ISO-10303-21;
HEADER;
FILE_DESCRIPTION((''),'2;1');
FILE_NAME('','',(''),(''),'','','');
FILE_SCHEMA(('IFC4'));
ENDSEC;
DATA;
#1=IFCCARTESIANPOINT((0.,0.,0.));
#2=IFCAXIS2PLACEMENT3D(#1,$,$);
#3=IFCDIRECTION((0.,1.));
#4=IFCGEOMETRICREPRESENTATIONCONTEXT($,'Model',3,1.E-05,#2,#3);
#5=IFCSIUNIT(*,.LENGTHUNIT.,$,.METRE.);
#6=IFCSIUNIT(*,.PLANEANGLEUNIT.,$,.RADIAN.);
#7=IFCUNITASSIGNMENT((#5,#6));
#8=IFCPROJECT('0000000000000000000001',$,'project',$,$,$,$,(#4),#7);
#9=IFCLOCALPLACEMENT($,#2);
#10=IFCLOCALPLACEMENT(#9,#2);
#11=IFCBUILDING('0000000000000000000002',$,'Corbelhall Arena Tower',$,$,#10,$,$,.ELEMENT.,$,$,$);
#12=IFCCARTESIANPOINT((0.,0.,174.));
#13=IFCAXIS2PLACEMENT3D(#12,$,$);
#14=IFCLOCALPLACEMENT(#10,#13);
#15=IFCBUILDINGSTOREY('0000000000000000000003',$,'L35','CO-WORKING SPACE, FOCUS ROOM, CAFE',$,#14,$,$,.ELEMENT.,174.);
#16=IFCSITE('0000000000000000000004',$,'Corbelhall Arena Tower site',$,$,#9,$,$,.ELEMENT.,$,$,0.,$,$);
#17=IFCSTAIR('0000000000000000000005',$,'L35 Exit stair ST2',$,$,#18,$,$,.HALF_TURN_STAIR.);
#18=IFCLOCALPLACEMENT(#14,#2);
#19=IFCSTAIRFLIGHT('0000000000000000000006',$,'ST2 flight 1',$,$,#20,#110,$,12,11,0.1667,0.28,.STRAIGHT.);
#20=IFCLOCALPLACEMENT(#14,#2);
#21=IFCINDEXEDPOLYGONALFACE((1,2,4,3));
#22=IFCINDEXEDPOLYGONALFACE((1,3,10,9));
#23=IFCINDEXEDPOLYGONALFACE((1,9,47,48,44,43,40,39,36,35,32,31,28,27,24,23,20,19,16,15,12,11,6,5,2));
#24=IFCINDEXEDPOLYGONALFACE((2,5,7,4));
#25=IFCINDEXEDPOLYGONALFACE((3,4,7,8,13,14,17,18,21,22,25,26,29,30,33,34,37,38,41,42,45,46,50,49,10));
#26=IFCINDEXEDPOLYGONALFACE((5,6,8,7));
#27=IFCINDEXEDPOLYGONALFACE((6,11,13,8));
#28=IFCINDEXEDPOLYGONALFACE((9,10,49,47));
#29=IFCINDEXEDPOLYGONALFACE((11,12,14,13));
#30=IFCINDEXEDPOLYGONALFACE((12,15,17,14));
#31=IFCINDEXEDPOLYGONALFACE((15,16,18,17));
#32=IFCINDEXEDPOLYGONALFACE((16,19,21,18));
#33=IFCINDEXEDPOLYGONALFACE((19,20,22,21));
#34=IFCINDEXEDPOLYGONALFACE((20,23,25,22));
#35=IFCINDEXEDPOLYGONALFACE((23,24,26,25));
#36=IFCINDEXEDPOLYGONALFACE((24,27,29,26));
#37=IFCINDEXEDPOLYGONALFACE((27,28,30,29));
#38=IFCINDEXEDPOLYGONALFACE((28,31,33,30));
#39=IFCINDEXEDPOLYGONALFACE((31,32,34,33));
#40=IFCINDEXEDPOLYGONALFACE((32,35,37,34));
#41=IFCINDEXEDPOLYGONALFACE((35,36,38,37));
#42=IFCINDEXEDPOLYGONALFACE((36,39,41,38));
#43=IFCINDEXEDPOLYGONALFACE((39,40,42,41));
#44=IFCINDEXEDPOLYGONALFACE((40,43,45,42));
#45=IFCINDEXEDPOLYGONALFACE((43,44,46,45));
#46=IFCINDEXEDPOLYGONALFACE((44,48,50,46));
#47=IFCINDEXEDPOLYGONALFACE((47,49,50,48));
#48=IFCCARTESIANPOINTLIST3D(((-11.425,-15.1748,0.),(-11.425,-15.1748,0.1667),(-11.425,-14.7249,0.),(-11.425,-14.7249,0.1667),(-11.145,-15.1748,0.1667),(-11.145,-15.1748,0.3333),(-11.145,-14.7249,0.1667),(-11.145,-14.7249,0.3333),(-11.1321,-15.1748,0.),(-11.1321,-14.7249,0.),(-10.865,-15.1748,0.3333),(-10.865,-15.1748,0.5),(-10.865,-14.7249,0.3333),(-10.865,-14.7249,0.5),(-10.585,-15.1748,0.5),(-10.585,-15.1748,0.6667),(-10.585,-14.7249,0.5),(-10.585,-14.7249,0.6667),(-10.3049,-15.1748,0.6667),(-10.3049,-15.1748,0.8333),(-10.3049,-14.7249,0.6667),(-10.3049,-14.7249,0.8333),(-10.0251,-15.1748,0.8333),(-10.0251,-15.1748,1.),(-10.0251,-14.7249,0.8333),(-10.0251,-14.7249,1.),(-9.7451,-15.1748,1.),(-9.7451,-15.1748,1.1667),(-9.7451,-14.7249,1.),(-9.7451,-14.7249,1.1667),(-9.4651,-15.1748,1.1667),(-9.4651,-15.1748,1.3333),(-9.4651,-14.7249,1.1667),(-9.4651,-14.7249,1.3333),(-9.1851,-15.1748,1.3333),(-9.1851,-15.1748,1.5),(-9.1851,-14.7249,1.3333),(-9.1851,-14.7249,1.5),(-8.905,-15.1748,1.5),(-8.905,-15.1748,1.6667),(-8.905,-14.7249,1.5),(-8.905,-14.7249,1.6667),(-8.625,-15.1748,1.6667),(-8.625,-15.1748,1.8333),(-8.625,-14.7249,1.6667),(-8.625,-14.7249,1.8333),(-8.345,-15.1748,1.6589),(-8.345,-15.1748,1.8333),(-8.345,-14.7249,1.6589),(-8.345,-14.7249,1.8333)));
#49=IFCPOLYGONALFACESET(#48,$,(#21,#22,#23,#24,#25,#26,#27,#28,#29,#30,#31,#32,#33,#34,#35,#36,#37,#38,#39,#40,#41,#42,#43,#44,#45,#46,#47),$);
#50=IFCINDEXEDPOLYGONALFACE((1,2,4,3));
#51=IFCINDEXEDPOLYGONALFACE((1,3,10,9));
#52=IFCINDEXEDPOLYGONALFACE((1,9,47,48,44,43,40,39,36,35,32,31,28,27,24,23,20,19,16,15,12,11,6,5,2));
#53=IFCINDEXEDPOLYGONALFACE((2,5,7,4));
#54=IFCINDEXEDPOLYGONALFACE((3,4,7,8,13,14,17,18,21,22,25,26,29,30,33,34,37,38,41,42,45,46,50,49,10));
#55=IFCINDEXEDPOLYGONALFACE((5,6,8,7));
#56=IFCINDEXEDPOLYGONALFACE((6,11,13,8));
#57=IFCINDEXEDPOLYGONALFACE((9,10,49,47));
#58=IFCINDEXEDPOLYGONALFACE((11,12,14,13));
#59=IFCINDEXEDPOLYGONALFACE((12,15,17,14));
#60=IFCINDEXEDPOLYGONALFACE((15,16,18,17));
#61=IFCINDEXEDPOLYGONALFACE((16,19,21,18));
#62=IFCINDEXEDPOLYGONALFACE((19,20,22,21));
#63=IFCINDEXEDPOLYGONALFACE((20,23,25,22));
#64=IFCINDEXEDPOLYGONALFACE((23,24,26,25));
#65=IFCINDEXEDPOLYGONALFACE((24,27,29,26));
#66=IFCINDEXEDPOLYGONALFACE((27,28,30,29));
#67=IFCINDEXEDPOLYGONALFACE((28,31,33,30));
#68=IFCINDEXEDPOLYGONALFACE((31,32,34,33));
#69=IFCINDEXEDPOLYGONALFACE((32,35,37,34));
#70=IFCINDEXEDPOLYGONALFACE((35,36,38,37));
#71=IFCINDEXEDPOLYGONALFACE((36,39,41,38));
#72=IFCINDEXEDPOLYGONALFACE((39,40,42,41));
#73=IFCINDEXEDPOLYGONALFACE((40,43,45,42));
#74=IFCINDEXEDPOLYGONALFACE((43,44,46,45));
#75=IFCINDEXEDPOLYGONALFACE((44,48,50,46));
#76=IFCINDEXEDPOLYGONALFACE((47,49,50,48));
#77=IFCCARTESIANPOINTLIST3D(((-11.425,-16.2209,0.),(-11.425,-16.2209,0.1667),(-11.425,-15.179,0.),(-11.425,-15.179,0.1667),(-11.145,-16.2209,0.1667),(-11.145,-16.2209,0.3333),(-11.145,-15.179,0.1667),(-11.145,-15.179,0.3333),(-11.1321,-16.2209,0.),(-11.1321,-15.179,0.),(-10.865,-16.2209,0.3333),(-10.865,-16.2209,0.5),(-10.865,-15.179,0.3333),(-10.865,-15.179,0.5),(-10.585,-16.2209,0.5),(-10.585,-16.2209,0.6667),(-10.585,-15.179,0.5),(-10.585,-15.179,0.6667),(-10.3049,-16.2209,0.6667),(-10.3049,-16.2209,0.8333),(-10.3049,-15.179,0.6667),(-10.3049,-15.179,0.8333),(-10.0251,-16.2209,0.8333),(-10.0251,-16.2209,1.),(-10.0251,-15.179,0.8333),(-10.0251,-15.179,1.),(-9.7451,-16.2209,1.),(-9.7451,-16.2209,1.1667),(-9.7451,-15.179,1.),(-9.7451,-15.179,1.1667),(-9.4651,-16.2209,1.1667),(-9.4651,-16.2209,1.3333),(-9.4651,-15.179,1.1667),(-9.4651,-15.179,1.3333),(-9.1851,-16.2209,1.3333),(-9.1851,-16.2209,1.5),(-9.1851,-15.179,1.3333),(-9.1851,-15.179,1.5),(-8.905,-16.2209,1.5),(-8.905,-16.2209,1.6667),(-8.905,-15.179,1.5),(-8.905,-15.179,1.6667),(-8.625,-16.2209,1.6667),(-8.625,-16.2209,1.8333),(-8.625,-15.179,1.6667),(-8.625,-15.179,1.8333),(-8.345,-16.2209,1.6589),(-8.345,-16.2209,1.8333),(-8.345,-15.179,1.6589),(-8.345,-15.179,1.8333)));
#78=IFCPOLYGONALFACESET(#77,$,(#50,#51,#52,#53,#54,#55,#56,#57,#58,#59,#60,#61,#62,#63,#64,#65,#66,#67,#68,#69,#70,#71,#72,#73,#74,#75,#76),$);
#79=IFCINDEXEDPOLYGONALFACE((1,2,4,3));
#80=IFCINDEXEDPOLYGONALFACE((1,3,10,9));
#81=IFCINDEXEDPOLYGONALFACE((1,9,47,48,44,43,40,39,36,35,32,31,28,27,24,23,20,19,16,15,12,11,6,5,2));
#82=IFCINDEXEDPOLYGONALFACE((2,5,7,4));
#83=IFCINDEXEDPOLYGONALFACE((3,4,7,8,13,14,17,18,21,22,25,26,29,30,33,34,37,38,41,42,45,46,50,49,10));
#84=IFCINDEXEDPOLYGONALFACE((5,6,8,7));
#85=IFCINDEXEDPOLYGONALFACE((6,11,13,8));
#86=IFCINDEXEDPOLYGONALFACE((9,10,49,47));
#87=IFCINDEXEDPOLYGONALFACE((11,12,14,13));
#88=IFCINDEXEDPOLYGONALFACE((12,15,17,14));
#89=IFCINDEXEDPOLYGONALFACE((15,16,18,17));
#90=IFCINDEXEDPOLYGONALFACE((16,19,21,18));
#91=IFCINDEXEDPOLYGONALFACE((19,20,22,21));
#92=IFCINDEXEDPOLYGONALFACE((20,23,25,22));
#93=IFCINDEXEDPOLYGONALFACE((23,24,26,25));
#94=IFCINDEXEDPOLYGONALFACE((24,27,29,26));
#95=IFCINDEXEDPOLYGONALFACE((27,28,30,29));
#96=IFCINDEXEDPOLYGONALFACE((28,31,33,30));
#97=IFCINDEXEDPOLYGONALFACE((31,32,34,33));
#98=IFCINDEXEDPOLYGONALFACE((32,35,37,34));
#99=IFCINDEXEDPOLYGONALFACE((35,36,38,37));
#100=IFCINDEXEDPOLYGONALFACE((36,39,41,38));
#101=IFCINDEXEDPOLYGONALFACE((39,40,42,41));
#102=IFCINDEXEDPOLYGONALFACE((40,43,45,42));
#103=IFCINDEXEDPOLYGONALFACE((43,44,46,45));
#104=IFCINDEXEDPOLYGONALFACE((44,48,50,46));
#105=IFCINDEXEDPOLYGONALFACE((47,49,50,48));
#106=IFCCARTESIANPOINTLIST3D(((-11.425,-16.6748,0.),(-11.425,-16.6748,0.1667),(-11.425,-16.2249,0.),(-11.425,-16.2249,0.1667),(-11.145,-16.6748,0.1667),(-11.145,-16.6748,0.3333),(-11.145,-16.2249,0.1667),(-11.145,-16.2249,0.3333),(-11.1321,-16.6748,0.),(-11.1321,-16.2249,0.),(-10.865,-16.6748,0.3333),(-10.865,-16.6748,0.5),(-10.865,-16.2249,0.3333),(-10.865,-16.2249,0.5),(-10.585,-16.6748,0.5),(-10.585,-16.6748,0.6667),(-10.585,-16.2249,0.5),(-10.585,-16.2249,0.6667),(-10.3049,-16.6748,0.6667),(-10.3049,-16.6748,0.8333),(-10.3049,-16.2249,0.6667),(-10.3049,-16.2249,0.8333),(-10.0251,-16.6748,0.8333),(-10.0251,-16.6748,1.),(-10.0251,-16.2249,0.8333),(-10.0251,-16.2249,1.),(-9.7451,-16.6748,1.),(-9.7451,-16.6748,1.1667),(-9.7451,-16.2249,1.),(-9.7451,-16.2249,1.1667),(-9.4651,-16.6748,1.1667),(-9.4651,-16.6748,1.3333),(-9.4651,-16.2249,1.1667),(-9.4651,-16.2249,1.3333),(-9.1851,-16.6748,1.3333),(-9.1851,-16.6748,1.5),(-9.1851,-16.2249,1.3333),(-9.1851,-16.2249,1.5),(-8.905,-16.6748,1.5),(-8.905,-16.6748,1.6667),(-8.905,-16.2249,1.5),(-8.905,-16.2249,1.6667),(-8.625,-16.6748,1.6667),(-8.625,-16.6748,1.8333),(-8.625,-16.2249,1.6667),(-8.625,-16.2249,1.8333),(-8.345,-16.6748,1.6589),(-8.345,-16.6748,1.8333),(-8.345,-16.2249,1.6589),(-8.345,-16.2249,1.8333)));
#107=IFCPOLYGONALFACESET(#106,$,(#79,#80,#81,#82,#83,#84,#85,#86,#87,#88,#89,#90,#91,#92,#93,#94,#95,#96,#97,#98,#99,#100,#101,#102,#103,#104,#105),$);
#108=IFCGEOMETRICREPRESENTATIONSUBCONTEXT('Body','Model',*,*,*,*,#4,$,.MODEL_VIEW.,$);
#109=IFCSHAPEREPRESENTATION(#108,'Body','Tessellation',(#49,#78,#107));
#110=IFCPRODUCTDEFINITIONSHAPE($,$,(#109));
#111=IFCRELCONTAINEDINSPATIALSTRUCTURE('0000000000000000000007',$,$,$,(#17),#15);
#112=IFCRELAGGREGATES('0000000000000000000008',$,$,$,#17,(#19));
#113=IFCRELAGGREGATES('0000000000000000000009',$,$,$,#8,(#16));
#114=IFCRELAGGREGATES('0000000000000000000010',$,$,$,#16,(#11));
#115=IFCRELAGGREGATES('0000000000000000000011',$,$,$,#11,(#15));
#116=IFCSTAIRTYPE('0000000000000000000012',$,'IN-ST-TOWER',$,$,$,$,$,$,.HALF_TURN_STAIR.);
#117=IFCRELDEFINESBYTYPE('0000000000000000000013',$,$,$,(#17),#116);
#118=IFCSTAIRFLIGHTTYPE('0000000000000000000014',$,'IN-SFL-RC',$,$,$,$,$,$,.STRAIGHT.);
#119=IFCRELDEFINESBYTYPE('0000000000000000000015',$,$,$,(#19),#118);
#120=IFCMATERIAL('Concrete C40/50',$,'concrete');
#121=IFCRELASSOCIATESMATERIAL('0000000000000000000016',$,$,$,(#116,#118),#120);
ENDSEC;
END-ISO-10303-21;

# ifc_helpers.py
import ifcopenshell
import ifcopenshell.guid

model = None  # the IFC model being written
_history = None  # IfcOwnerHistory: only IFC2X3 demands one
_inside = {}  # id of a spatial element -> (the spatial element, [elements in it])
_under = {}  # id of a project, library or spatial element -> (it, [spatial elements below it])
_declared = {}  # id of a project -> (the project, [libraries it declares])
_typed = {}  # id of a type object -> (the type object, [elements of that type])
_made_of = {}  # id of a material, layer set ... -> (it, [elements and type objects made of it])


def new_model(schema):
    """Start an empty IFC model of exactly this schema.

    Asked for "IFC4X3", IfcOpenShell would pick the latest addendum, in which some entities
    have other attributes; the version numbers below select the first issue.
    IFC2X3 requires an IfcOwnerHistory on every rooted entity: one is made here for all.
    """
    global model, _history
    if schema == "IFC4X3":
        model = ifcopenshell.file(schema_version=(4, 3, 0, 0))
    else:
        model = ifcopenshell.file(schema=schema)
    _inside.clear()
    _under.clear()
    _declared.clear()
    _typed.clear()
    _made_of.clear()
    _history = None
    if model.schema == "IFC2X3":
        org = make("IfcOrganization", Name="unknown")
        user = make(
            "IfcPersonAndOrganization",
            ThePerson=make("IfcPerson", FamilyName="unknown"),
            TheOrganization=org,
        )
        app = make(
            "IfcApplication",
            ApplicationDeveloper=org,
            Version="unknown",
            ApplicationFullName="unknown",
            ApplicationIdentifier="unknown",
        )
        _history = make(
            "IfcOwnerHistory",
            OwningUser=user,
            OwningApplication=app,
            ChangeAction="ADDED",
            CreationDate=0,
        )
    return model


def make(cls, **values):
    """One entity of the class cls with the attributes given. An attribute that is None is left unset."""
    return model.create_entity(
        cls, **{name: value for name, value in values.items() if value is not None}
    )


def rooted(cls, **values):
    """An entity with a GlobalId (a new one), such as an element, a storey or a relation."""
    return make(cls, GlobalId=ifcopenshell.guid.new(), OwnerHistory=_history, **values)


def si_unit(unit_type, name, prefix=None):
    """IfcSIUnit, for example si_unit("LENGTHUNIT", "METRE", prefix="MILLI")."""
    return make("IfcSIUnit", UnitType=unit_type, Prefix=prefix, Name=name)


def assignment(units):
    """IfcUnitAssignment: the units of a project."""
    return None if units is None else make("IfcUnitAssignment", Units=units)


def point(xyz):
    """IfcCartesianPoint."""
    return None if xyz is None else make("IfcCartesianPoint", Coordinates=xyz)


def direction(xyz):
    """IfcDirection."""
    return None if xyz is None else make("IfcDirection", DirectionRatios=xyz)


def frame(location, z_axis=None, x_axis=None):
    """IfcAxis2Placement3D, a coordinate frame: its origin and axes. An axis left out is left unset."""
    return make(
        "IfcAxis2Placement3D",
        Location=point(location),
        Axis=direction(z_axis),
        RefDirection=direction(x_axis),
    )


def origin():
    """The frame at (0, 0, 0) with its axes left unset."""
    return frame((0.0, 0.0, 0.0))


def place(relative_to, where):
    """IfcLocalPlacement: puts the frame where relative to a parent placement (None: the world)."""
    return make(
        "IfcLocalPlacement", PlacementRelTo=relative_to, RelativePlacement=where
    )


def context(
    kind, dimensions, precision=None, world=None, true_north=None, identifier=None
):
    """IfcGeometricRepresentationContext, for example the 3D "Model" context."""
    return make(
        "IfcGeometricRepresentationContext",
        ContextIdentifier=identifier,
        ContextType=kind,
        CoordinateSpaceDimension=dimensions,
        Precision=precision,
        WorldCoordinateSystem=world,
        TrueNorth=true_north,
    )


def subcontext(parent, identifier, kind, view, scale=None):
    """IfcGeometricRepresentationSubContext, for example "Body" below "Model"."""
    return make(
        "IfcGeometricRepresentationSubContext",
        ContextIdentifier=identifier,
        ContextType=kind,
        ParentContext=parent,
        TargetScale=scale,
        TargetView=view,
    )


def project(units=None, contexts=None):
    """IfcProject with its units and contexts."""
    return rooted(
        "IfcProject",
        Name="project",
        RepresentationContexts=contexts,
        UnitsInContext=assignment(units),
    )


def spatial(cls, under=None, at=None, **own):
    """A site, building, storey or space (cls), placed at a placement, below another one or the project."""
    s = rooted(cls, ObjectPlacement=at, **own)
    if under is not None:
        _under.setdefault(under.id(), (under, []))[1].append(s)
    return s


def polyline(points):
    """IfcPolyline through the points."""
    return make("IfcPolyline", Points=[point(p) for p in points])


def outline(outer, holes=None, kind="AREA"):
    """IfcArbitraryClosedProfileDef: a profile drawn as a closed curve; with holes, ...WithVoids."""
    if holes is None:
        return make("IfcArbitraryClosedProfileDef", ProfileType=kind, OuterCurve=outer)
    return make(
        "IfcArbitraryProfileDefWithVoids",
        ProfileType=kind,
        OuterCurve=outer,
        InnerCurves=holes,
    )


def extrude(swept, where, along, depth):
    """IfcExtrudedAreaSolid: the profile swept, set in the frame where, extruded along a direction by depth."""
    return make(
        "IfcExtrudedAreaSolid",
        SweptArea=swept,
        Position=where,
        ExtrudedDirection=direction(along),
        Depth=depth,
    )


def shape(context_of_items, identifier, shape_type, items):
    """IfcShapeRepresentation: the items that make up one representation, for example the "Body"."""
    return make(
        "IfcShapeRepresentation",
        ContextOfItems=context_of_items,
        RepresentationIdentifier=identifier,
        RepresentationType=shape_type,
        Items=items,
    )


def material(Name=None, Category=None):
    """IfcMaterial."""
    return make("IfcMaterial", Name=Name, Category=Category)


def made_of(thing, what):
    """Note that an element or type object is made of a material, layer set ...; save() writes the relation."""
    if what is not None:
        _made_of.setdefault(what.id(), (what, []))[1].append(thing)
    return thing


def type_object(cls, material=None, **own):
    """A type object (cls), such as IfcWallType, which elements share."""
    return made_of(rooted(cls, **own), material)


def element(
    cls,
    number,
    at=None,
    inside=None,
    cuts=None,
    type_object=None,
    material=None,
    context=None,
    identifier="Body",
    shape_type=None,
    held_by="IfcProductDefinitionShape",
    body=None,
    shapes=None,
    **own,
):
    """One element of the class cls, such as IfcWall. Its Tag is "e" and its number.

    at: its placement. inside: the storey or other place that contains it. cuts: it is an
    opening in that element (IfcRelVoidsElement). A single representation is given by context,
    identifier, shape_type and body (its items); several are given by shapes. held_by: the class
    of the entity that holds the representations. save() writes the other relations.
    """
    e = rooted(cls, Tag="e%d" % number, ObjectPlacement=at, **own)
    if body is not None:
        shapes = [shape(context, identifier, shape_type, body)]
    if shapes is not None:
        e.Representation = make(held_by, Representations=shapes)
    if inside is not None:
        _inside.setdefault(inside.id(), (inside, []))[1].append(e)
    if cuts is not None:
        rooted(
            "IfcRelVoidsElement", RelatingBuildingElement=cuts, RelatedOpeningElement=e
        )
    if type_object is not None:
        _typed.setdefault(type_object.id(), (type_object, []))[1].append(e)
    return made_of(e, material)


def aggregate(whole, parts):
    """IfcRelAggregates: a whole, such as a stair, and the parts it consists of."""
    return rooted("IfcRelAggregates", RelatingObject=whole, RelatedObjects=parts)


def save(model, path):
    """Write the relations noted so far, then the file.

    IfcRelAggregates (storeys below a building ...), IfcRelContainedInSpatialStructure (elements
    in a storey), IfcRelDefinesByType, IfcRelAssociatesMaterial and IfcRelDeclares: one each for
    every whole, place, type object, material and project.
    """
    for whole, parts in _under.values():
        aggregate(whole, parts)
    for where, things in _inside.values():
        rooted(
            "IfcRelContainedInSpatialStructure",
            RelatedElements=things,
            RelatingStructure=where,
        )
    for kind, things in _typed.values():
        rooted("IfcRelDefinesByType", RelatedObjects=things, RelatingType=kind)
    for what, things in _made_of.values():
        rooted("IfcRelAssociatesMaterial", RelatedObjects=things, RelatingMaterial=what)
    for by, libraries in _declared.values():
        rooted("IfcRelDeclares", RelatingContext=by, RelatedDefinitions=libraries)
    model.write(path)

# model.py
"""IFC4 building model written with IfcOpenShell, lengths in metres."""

from ifc_helpers import new_model, si_unit, direction, frame, origin, place, context, subcontext, project, spatial, polyline, outline, extrude, material, type_object, element, aggregate, save


model = new_model("IFC4")

# Units and contexts
model_context = context("Model", 3, precision=1e-05, world=origin(), true_north=direction((0.0, 1.0)))
body_context = subcontext(model_context, "Body", "Model", "MODEL_VIEW")
ifc_project = project(units=[si_unit("LENGTHUNIT", "METRE"), si_unit("PLANEANGLEUNIT", "RADIAN")], contexts=[model_context])

# Site, building, storey
site_placement = place(None, origin())
site = spatial("IfcSite", under=ifc_project, at=site_placement, Name="Corbelhall Arena Tower site", CompositionType="ELEMENT", RefElevation=0.0)
building_placement = place(site_placement, origin())
building = spatial("IfcBuilding", under=site, at=building_placement, Name="Corbelhall Arena Tower", CompositionType="ELEMENT")
storey_placement = place(building_placement, frame((0.0, 0.0, 174.0)))
storey = spatial("IfcBuildingStorey", under=building, at=storey_placement, Name="L35", Description="CO-WORKING SPACE, FOCUS ROOM, CAFE", CompositionType="ELEMENT", Elevation=174.0)

# Stair, stair flight
ifc_material_1 = material(Name="Concrete C40/50", Category="concrete")
stair_type = type_object("IfcStairType", Name="IN-ST-TOWER", PredefinedType="HALF_TURN_STAIR", material=ifc_material_1)
stair_placement = place(storey_placement, origin())
stair = element("IfcStair", 1, at=stair_placement, inside=storey, type_object=stair_type, Name="L35 Exit stair ST2", PredefinedType="HALF_TURN_STAIR")
stair_flight_type = type_object("IfcStairFlightType", Name="IN-SFL-RC", PredefinedType="STRAIGHT", material=ifc_material_1)
stair_flight_placement = place(storey_placement, frame((-11.425, -15.7, 0.0), z_axis=(0.0, 0.0, 1.0), x_axis=(1.0, 0.0, 0.0)))
stair_flight = element("IfcStairFlight", 2, at=stair_flight_placement, type_object=stair_flight_type, Name="ST2 flight 1", NumberOfRisers=12, NumberOfTreads=11, PredefinedType="STRAIGHT", RiserHeight=0.1667, TreadLength=0.28, context=body_context, shape_type="SweptSolid", body=[
    extrude(outline(polyline([(0.0, 0.0), (0.0, 0.1667), (0.28, 0.1667), (0.28, 0.3333), (0.5601, 0.3333), (0.5601, 0.5), (0.8401, 0.5), (0.8401, 0.6667), (1.1201, 0.6667), (1.1201, 0.8333), (1.3999, 0.8333), (1.3999, 1.0), (1.6799, 1.0), (1.6799, 1.1667), (1.96, 1.1667), (1.96, 1.3333), (2.24, 1.3333), (2.24, 1.5), (2.52, 1.5), (2.52, 1.6667), (2.8, 1.6667), (2.8, 1.8333), (3.0801, 1.8333), (3.0801, 2.0), (3.0801, 1.6589), (0.293, 0.0), (0.0, 0.0)])), frame((0.0, 0.9751, 0.0), z_axis=(0.0, -1.0, 0.0), x_axis=(1.0, 0.0, 0.0)), (0.0, 0.0, 1.0), 0.45),
    extrude(outline(polyline([(0.0, 0.0), (0.0, 0.1667), (0.28, 0.1667), (0.28, 0.3333), (0.5601, 0.3333), (0.5601, 0.5), (0.8401, 0.5), (0.8401, 0.6667), (1.1201, 0.6667), (1.1201, 0.8333), (1.3999, 0.8333), (1.3999, 1.0), (1.6799, 1.0), (1.6799, 1.1667), (1.96, 1.1667), (1.96, 1.3333), (2.24, 1.3333), (2.24, 1.5), (2.52, 1.5), (2.52, 1.6667), (2.8, 1.6667), (2.8, 1.8333), (3.0801, 1.8333), (3.0801, 2.0), (3.0801, 1.6589), (0.293, 0.0), (0.0, 0.0)])), frame((0.0, 0.521, 0.0), z_axis=(0.0, -1.0, 0.0), x_axis=(1.0, 0.0, 0.0)), (0.0, 0.0, 1.0), 1.042),
    extrude(outline(polyline([(0.0, 0.0), (0.0, 0.1667), (0.28, 0.1667), (0.28, 0.3333), (0.5601, 0.3333), (0.5601, 0.5), (0.8401, 0.5), (0.8401, 0.6667), (1.1201, 0.6667), (1.1201, 0.8333), (1.3999, 0.8333), (1.3999, 1.0), (1.6799, 1.0), (1.6799, 1.1667), (1.96, 1.1667), (1.96, 1.3333), (2.24, 1.3333), (2.24, 1.5), (2.52, 1.5), (2.52, 1.6667), (2.8, 1.6667), (2.8, 1.8333), (3.0801, 1.8333), (3.0801, 2.0), (3.0801, 1.6589), (0.293, 0.0), (0.0, 0.0)])), frame((0.0, -0.5249, 0.0), z_axis=(0.0, -1.0, 0.0), x_axis=(1.0, 0.0, 0.0)), (0.0, 0.0, 1.0), 0.45),
])
aggregate(stair, [stair_flight])

save(model, "model.ifc")
